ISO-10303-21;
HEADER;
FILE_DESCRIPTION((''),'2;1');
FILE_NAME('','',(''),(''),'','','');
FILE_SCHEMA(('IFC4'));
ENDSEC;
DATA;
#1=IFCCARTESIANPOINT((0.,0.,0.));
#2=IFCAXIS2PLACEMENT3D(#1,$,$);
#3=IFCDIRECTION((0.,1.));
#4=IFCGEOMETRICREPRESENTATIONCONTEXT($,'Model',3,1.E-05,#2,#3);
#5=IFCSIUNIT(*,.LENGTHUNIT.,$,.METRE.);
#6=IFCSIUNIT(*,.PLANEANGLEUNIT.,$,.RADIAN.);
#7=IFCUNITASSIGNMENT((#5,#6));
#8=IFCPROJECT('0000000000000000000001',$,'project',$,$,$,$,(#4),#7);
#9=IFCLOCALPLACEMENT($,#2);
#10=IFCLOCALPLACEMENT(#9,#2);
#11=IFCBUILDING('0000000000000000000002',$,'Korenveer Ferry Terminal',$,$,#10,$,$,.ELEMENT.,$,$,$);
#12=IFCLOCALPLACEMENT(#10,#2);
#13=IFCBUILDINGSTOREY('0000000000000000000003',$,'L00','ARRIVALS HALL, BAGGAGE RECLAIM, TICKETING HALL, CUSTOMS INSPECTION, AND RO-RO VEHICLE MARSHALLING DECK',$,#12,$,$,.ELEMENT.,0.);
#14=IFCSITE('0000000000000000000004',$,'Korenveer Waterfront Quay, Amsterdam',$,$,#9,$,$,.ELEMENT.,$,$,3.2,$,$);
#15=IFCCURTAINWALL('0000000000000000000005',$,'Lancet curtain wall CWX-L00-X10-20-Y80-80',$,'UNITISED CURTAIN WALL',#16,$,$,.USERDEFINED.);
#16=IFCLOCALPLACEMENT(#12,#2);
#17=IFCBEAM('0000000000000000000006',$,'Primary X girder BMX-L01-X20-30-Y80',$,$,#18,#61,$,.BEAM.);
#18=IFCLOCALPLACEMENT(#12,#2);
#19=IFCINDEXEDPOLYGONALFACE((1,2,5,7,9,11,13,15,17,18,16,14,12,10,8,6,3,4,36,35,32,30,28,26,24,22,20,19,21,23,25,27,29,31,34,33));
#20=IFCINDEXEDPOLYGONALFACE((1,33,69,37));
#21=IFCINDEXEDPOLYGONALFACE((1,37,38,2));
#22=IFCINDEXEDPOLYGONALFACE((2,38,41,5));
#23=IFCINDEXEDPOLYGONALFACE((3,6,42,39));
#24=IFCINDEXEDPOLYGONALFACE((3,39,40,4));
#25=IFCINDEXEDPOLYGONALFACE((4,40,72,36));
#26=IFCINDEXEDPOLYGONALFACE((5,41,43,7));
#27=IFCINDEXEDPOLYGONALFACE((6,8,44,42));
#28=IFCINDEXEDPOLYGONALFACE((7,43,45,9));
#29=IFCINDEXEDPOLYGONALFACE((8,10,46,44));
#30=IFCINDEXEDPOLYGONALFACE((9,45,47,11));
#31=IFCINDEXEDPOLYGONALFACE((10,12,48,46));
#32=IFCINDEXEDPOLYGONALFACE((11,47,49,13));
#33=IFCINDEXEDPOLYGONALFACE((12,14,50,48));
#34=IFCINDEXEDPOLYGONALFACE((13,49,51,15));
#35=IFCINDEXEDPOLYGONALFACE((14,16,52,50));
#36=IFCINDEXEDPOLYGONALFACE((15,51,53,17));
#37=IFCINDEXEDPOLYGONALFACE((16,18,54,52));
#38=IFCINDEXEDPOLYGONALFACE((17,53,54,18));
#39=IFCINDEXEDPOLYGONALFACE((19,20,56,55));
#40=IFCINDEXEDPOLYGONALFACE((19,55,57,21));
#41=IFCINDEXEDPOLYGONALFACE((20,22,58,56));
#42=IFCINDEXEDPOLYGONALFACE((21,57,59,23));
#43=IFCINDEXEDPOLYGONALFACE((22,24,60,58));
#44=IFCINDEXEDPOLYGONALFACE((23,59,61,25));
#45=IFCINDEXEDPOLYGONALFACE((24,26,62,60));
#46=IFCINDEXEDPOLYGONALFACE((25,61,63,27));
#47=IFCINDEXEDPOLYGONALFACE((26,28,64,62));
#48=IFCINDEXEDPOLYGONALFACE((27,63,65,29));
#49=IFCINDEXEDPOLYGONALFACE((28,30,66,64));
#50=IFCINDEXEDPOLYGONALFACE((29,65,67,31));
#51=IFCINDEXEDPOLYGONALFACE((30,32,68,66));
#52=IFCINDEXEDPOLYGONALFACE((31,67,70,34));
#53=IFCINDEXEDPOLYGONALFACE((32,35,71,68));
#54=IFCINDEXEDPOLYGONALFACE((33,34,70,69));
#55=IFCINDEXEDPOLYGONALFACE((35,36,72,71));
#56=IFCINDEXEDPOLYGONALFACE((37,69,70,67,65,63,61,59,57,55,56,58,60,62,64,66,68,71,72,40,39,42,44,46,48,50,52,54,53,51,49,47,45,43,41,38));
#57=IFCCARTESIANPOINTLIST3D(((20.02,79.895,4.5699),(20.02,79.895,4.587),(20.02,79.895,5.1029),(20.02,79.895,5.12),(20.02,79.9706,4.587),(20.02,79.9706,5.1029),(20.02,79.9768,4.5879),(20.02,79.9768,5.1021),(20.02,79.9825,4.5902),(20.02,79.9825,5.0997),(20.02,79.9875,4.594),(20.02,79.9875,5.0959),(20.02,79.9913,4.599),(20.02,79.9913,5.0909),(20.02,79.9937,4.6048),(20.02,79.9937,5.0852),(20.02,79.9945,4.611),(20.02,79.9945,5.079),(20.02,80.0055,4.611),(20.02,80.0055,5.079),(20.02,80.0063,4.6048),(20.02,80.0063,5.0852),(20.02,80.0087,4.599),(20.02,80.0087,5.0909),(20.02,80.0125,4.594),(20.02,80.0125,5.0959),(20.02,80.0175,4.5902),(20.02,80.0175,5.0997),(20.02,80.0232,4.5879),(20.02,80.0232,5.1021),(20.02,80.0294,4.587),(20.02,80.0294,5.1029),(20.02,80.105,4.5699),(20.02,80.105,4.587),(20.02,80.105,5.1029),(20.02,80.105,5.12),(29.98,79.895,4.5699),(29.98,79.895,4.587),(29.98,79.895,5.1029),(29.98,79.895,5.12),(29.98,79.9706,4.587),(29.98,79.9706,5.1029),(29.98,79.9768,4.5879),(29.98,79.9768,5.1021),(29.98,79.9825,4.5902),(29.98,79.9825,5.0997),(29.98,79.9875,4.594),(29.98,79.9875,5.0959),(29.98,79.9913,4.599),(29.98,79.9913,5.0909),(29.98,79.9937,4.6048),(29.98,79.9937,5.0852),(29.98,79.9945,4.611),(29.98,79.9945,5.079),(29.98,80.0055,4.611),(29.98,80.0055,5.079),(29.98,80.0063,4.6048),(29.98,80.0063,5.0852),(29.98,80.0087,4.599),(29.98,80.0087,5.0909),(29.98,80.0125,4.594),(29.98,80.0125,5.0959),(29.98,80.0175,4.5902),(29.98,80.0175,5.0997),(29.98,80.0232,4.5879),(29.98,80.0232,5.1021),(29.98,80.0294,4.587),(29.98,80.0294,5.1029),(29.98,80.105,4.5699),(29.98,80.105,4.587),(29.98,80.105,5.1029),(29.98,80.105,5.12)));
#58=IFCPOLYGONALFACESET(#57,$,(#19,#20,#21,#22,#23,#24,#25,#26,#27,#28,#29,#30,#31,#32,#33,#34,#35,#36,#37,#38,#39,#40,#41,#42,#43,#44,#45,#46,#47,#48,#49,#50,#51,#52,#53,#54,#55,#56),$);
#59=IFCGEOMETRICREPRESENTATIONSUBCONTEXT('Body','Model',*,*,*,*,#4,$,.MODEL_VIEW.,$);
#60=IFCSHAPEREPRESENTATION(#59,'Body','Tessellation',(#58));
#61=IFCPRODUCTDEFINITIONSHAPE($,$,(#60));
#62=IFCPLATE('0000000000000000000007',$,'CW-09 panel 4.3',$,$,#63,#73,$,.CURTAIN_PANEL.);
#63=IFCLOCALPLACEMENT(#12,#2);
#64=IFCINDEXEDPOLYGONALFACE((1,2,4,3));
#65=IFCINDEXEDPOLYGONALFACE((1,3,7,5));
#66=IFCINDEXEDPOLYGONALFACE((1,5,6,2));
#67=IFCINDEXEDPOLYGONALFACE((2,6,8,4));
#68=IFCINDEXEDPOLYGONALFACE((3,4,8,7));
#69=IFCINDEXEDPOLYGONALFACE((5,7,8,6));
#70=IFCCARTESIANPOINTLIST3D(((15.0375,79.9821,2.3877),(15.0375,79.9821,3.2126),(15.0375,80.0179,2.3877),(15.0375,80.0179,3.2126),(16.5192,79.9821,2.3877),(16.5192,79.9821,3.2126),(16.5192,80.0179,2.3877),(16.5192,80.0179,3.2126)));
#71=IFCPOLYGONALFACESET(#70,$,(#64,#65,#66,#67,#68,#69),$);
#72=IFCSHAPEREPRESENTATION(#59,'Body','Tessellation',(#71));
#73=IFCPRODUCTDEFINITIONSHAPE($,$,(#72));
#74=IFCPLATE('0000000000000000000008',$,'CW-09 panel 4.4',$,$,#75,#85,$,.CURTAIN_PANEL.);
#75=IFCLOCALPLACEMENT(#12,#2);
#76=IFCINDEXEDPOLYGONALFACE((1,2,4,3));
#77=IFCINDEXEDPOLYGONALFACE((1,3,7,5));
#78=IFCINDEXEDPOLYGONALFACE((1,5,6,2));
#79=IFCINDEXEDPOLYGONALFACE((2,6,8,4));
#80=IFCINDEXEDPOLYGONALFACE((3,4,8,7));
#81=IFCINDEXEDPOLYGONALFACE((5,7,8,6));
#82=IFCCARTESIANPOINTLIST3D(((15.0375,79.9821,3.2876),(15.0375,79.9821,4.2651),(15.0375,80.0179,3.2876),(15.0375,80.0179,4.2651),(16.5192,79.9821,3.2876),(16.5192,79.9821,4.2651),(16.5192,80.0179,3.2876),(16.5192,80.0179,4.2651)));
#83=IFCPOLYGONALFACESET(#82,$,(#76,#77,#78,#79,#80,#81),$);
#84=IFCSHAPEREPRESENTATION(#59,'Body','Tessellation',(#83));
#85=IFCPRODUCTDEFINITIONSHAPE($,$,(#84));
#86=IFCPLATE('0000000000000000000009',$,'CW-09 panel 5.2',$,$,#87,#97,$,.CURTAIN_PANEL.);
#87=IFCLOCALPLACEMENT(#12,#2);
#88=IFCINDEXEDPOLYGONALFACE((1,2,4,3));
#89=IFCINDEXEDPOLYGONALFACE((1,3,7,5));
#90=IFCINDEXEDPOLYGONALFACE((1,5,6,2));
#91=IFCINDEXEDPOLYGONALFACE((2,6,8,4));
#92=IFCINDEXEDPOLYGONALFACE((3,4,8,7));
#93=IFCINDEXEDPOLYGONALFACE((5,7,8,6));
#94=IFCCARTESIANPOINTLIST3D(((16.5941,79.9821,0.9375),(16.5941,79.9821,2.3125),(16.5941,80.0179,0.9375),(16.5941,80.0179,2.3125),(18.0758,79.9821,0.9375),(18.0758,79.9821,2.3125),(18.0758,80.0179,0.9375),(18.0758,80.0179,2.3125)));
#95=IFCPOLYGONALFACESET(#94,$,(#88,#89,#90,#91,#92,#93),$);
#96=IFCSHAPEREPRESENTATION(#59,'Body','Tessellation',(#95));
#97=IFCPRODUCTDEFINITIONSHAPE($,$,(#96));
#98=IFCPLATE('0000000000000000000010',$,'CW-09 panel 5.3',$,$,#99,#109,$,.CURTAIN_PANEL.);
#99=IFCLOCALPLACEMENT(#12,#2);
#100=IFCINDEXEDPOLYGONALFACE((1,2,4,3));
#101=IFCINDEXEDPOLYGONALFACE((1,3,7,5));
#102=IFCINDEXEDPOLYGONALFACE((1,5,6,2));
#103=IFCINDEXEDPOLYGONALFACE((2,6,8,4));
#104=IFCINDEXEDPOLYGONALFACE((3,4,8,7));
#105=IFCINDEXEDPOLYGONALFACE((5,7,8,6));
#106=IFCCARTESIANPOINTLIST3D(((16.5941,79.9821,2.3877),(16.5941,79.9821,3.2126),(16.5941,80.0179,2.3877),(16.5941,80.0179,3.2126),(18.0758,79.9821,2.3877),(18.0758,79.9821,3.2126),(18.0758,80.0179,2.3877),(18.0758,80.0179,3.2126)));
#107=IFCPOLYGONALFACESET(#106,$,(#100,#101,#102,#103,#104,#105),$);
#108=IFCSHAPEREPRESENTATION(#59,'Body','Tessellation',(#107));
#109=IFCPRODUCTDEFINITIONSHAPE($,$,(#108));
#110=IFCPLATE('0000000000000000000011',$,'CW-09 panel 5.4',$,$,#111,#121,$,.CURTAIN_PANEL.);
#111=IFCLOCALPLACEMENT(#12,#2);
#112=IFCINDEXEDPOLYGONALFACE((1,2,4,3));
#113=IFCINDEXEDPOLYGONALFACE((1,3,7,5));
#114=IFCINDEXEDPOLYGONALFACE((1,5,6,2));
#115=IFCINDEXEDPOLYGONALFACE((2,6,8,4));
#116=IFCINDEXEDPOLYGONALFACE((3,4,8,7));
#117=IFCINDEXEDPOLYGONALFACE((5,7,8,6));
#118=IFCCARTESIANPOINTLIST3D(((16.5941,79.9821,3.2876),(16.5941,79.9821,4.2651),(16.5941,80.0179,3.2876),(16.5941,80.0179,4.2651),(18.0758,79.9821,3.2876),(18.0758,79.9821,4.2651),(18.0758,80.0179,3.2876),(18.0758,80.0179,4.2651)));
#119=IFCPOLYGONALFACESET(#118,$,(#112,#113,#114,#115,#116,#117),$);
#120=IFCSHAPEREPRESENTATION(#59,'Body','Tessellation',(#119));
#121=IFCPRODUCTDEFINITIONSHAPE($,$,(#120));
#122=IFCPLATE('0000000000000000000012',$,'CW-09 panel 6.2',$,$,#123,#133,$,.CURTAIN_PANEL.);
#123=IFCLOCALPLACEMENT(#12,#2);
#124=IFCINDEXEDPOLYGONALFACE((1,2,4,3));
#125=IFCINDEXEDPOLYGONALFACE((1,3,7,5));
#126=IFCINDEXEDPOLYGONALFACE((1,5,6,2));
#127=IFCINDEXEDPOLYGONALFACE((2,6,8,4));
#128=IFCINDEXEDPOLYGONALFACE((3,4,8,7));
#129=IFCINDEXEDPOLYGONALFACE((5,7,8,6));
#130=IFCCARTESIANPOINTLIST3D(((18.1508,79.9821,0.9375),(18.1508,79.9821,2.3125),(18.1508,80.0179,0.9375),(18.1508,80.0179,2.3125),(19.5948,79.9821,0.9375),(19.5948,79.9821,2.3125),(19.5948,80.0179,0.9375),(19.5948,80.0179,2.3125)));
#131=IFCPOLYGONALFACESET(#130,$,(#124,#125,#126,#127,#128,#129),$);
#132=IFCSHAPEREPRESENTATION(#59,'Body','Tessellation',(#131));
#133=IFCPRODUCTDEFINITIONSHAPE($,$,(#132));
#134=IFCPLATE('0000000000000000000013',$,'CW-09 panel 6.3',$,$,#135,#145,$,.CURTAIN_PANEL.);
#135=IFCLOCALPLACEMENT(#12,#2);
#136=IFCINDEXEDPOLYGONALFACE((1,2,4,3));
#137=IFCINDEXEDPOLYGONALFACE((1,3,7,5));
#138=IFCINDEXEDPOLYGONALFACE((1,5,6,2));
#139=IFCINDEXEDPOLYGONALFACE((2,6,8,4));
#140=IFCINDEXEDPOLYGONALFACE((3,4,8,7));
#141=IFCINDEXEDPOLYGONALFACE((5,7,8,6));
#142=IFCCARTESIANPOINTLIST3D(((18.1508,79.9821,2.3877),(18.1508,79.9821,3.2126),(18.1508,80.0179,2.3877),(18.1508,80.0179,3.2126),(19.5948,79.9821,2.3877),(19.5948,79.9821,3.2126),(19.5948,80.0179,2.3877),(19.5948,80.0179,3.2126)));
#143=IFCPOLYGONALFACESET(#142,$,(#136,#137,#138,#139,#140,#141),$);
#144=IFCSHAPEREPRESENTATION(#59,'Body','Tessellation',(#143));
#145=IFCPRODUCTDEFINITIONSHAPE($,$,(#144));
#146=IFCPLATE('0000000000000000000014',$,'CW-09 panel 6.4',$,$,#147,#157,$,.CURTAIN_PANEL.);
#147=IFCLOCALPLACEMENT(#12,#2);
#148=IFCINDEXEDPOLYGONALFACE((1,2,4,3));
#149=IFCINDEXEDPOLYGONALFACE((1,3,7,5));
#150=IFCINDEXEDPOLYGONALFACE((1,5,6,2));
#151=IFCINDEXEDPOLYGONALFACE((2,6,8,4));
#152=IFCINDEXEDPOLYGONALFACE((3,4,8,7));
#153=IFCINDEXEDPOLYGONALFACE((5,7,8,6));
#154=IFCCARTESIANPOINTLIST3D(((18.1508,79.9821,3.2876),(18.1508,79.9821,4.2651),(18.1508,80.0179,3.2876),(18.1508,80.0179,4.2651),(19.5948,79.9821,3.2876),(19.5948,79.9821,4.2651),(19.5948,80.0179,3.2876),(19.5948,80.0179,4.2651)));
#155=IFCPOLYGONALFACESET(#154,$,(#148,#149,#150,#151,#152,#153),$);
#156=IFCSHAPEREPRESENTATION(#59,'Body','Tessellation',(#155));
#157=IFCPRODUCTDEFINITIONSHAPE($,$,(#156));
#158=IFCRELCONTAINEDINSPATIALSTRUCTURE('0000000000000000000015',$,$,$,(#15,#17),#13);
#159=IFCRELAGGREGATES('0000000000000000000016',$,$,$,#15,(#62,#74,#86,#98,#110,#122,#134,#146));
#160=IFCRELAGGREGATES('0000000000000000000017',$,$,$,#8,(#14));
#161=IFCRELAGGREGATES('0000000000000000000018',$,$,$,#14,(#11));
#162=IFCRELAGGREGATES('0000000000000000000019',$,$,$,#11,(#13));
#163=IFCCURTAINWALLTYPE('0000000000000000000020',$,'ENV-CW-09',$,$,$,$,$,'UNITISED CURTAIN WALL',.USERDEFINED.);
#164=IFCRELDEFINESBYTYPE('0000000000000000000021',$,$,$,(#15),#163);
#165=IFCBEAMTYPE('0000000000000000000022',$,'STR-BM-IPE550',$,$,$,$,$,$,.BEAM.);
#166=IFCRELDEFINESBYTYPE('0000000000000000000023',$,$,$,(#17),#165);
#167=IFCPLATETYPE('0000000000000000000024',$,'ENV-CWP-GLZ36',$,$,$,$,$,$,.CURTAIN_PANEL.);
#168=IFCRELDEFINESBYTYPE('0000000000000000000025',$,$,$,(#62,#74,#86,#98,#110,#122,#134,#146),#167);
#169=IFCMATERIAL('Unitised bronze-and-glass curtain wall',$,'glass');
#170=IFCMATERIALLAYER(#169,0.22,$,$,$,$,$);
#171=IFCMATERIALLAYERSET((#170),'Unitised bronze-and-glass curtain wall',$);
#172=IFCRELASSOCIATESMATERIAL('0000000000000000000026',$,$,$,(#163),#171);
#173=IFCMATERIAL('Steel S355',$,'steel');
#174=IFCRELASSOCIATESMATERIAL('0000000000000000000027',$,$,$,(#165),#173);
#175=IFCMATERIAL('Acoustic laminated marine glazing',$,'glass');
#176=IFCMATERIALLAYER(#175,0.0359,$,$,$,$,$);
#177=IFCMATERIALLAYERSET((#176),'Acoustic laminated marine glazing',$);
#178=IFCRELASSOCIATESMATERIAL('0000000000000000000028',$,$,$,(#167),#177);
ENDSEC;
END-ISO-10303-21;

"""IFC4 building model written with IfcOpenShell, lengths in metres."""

from ifc_helpers import new_model, si_unit, direction, frame, origin, origin_2d, place, context, subcontext, project, spatial, rectangle, i_section, extrude, material, layer, layer_set, material_profile, profile_set, type_object, element, aggregate, save


model = new_model("IFC4")

# Units and contexts
model_context = context("Model", 3, precision=1e-05, world=origin(), true_north=direction((0.0, 1.0)))
body_context = subcontext(model_context, "Body", "Model", "MODEL_VIEW")
ifc_project = project(units=[si_unit("LENGTHUNIT", "METRE"), si_unit("PLANEANGLEUNIT", "RADIAN")], contexts=[model_context])

# Site, building, storey
site_placement = place(None, origin())
site = spatial("IfcSite", under=ifc_project, at=site_placement, Name="Korenveer Waterfront Quay, Amsterdam", CompositionType="ELEMENT", RefElevation=3.2)
building_placement = place(site_placement, origin())
building = spatial("IfcBuilding", under=site, at=building_placement, Name="Korenveer Ferry Terminal", CompositionType="ELEMENT")
storey_placement = place(building_placement, origin())
storey = spatial("IfcBuildingStorey", under=building, at=storey_placement, Name="L00", Description="ARRIVALS HALL, BAGGAGE RECLAIM, TICKETING HALL, CUSTOMS INSPECTION, AND RO-RO VEHICLE MARSHALLING DECK", CompositionType="ELEMENT", Elevation=0.0)

# Curtain wall
ifc_material_1 = material(Name="Unitised bronze-and-glass curtain wall", Category="glass")
ifc_layer_1 = layer(ifc_material_1, 0.22)
ifc_layer_set_1 = layer_set([ifc_layer_1], Name="Unitised bronze-and-glass curtain wall")
curtain_wall_type_1 = type_object("IfcCurtainWallType", Name="ENV-CW-09", ElementType="UNITISED CURTAIN WALL", PredefinedType="USERDEFINED", material=ifc_layer_set_1)
curtain_wall_1_placement = place(storey_placement, frame((10.3301, 80.0, 0.0)))
curtain_wall_1 = element("IfcCurtainWall", 1, at=curtain_wall_1_placement, inside=storey, type_object=curtain_wall_type_1, Name="Lancet curtain wall CWX-L00-X10-20-Y80-80", ObjectType="UNITISED CURTAIN WALL", PredefinedType="USERDEFINED")

# Beam
ifc_material_2 = material(Name="Steel S355", Category="steel")
ifc_material_profile_1 = material_profile(ifc_material_2, i_section(OverallWidth=0.21, OverallDepth=0.55, WebThickness=0.011, FlangeThickness=0.0171, FilletRadius=0.0239, at=origin_2d()), Name="IPE 550")
ifc_profile_set_1 = profile_set([ifc_material_profile_1], Name="Steel S355")
beam_type = type_object("IfcBeamType", Name="STR-BM-IPE550", PredefinedType="BEAM", material=ifc_profile_set_1)
beam_placement = place(storey_placement, frame((20.02, 80.0, 4.845), z_axis=(1.0, 0.0, 0.0), x_axis=(0.0, 1.0, 0.0)))
element("IfcBeam", 2, at=beam_placement, inside=storey, type_object=beam_type, Name="Primary X girder BMX-L01-X20-30-Y80", PredefinedType="BEAM", context=body_context, shape_type="SweptSolid", body=[
    extrude(i_section(OverallWidth=0.21, OverallDepth=0.55, WebThickness=0.011, FlangeThickness=0.0171, FilletRadius=0.0239, at=origin_2d()), origin(), (0.0, 0.0, 1.0), 9.96),
])

# Plates
ifc_material_3 = material(Name="Acoustic laminated marine glazing", Category="glass")
ifc_layer_2 = layer(ifc_material_3, 0.0359)
ifc_layer_set_2 = layer_set([ifc_layer_2], Name="Acoustic laminated marine glazing")
plate_type = type_object("IfcPlateType", Name="ENV-CWP-GLZ36", PredefinedType="CURTAIN_PANEL", material=ifc_layer_set_2)
plate_1_placement = place(storey_placement, frame((15.7783, 80.0, 2.3877), z_axis=(0.0, 0.0, 1.0), x_axis=(1.0, 0.0, 0.0)))
plate_1 = element("IfcPlate", 3, at=plate_1_placement, type_object=plate_type, Name="CW-09 panel 4.3", PredefinedType="CURTAIN_PANEL", context=body_context, shape_type="SweptSolid", body=[
    extrude(rectangle(XDim=1.4817, YDim=0.0359, at=origin_2d()), origin(), (0.0, 0.0, 1.0), 0.825),
])
plate_2_placement = place(storey_placement, frame((15.7783, 80.0, 3.2876), z_axis=(0.0, 0.0, 1.0), x_axis=(1.0, 0.0, 0.0)))
plate_2 = element("IfcPlate", 4, at=plate_2_placement, type_object=plate_type, Name="CW-09 panel 4.4", PredefinedType="CURTAIN_PANEL", context=body_context, shape_type="SweptSolid", body=[
    extrude(rectangle(XDim=1.4817, YDim=0.0359, at=origin_2d()), origin(), (0.0, 0.0, 1.0), 0.9775),
])
plate_3_placement = place(storey_placement, frame((17.335, 80.0, 0.9375), z_axis=(0.0, 0.0, 1.0), x_axis=(1.0, 0.0, 0.0)))
plate_3 = element("IfcPlate", 5, at=plate_3_placement, type_object=plate_type, Name="CW-09 panel 5.2", PredefinedType="CURTAIN_PANEL", context=body_context, shape_type="SweptSolid", body=[
    extrude(rectangle(XDim=1.4817, YDim=0.0359, at=origin_2d()), origin(), (0.0, 0.0, 1.0), 1.375),
])
plate_4_placement = place(storey_placement, frame((17.335, 80.0, 2.3877), z_axis=(0.0, 0.0, 1.0), x_axis=(1.0, 0.0, 0.0)))
plate_4 = element("IfcPlate", 6, at=plate_4_placement, type_object=plate_type, Name="CW-09 panel 5.3", PredefinedType="CURTAIN_PANEL", context=body_context, shape_type="SweptSolid", body=[
    extrude(rectangle(XDim=1.4817, YDim=0.0359, at=origin_2d()), origin(), (0.0, 0.0, 1.0), 0.825),
])
plate_5_placement = place(storey_placement, frame((17.335, 80.0, 3.2876), z_axis=(0.0, 0.0, 1.0), x_axis=(1.0, 0.0, 0.0)))
plate_5 = element("IfcPlate", 7, at=plate_5_placement, type_object=plate_type, Name="CW-09 panel 5.4", PredefinedType="CURTAIN_PANEL", context=body_context, shape_type="SweptSolid", body=[
    extrude(rectangle(XDim=1.4817, YDim=0.0359, at=origin_2d()), origin(), (0.0, 0.0, 1.0), 0.9775),
])
plate_6_placement = place(storey_placement, frame((18.8728, 80.0, 0.9375), z_axis=(0.0, 0.0, 1.0), x_axis=(1.0, 0.0, 0.0)))
plate_6 = element("IfcPlate", 8, at=plate_6_placement, type_object=plate_type, Name="CW-09 panel 6.2", PredefinedType="CURTAIN_PANEL", context=body_context, shape_type="SweptSolid", body=[
    extrude(rectangle(XDim=1.4441, YDim=0.0359, at=origin_2d()), origin(), (0.0, 0.0, 1.0), 1.375),
])
plate_7_placement = place(storey_placement, frame((18.8728, 80.0, 2.3877), z_axis=(0.0, 0.0, 1.0), x_axis=(1.0, 0.0, 0.0)))
plate_7 = element("IfcPlate", 9, at=plate_7_placement, type_object=plate_type, Name="CW-09 panel 6.3", PredefinedType="CURTAIN_PANEL", context=body_context, shape_type="SweptSolid", body=[
    extrude(rectangle(XDim=1.4441, YDim=0.0359, at=origin_2d()), origin(), (0.0, 0.0, 1.0), 0.825),
])
plate_8_placement = place(storey_placement, frame((18.8728, 80.0, 3.2876), z_axis=(0.0, 0.0, 1.0), x_axis=(1.0, 0.0, 0.0)))
plate_8 = element("IfcPlate", 10, at=plate_8_placement, type_object=plate_type, Name="CW-09 panel 6.4", PredefinedType="CURTAIN_PANEL", context=body_context, shape_type="SweptSolid", body=[
    extrude(rectangle(XDim=1.4441, YDim=0.0359, at=origin_2d()), origin(), (0.0, 0.0, 1.0), 0.9775),
])
aggregate(curtain_wall_1, [plate_1, plate_2, plate_3, plate_4, plate_5, plate_6, plate_7, plate_8])

save(model, "model.ifc")
